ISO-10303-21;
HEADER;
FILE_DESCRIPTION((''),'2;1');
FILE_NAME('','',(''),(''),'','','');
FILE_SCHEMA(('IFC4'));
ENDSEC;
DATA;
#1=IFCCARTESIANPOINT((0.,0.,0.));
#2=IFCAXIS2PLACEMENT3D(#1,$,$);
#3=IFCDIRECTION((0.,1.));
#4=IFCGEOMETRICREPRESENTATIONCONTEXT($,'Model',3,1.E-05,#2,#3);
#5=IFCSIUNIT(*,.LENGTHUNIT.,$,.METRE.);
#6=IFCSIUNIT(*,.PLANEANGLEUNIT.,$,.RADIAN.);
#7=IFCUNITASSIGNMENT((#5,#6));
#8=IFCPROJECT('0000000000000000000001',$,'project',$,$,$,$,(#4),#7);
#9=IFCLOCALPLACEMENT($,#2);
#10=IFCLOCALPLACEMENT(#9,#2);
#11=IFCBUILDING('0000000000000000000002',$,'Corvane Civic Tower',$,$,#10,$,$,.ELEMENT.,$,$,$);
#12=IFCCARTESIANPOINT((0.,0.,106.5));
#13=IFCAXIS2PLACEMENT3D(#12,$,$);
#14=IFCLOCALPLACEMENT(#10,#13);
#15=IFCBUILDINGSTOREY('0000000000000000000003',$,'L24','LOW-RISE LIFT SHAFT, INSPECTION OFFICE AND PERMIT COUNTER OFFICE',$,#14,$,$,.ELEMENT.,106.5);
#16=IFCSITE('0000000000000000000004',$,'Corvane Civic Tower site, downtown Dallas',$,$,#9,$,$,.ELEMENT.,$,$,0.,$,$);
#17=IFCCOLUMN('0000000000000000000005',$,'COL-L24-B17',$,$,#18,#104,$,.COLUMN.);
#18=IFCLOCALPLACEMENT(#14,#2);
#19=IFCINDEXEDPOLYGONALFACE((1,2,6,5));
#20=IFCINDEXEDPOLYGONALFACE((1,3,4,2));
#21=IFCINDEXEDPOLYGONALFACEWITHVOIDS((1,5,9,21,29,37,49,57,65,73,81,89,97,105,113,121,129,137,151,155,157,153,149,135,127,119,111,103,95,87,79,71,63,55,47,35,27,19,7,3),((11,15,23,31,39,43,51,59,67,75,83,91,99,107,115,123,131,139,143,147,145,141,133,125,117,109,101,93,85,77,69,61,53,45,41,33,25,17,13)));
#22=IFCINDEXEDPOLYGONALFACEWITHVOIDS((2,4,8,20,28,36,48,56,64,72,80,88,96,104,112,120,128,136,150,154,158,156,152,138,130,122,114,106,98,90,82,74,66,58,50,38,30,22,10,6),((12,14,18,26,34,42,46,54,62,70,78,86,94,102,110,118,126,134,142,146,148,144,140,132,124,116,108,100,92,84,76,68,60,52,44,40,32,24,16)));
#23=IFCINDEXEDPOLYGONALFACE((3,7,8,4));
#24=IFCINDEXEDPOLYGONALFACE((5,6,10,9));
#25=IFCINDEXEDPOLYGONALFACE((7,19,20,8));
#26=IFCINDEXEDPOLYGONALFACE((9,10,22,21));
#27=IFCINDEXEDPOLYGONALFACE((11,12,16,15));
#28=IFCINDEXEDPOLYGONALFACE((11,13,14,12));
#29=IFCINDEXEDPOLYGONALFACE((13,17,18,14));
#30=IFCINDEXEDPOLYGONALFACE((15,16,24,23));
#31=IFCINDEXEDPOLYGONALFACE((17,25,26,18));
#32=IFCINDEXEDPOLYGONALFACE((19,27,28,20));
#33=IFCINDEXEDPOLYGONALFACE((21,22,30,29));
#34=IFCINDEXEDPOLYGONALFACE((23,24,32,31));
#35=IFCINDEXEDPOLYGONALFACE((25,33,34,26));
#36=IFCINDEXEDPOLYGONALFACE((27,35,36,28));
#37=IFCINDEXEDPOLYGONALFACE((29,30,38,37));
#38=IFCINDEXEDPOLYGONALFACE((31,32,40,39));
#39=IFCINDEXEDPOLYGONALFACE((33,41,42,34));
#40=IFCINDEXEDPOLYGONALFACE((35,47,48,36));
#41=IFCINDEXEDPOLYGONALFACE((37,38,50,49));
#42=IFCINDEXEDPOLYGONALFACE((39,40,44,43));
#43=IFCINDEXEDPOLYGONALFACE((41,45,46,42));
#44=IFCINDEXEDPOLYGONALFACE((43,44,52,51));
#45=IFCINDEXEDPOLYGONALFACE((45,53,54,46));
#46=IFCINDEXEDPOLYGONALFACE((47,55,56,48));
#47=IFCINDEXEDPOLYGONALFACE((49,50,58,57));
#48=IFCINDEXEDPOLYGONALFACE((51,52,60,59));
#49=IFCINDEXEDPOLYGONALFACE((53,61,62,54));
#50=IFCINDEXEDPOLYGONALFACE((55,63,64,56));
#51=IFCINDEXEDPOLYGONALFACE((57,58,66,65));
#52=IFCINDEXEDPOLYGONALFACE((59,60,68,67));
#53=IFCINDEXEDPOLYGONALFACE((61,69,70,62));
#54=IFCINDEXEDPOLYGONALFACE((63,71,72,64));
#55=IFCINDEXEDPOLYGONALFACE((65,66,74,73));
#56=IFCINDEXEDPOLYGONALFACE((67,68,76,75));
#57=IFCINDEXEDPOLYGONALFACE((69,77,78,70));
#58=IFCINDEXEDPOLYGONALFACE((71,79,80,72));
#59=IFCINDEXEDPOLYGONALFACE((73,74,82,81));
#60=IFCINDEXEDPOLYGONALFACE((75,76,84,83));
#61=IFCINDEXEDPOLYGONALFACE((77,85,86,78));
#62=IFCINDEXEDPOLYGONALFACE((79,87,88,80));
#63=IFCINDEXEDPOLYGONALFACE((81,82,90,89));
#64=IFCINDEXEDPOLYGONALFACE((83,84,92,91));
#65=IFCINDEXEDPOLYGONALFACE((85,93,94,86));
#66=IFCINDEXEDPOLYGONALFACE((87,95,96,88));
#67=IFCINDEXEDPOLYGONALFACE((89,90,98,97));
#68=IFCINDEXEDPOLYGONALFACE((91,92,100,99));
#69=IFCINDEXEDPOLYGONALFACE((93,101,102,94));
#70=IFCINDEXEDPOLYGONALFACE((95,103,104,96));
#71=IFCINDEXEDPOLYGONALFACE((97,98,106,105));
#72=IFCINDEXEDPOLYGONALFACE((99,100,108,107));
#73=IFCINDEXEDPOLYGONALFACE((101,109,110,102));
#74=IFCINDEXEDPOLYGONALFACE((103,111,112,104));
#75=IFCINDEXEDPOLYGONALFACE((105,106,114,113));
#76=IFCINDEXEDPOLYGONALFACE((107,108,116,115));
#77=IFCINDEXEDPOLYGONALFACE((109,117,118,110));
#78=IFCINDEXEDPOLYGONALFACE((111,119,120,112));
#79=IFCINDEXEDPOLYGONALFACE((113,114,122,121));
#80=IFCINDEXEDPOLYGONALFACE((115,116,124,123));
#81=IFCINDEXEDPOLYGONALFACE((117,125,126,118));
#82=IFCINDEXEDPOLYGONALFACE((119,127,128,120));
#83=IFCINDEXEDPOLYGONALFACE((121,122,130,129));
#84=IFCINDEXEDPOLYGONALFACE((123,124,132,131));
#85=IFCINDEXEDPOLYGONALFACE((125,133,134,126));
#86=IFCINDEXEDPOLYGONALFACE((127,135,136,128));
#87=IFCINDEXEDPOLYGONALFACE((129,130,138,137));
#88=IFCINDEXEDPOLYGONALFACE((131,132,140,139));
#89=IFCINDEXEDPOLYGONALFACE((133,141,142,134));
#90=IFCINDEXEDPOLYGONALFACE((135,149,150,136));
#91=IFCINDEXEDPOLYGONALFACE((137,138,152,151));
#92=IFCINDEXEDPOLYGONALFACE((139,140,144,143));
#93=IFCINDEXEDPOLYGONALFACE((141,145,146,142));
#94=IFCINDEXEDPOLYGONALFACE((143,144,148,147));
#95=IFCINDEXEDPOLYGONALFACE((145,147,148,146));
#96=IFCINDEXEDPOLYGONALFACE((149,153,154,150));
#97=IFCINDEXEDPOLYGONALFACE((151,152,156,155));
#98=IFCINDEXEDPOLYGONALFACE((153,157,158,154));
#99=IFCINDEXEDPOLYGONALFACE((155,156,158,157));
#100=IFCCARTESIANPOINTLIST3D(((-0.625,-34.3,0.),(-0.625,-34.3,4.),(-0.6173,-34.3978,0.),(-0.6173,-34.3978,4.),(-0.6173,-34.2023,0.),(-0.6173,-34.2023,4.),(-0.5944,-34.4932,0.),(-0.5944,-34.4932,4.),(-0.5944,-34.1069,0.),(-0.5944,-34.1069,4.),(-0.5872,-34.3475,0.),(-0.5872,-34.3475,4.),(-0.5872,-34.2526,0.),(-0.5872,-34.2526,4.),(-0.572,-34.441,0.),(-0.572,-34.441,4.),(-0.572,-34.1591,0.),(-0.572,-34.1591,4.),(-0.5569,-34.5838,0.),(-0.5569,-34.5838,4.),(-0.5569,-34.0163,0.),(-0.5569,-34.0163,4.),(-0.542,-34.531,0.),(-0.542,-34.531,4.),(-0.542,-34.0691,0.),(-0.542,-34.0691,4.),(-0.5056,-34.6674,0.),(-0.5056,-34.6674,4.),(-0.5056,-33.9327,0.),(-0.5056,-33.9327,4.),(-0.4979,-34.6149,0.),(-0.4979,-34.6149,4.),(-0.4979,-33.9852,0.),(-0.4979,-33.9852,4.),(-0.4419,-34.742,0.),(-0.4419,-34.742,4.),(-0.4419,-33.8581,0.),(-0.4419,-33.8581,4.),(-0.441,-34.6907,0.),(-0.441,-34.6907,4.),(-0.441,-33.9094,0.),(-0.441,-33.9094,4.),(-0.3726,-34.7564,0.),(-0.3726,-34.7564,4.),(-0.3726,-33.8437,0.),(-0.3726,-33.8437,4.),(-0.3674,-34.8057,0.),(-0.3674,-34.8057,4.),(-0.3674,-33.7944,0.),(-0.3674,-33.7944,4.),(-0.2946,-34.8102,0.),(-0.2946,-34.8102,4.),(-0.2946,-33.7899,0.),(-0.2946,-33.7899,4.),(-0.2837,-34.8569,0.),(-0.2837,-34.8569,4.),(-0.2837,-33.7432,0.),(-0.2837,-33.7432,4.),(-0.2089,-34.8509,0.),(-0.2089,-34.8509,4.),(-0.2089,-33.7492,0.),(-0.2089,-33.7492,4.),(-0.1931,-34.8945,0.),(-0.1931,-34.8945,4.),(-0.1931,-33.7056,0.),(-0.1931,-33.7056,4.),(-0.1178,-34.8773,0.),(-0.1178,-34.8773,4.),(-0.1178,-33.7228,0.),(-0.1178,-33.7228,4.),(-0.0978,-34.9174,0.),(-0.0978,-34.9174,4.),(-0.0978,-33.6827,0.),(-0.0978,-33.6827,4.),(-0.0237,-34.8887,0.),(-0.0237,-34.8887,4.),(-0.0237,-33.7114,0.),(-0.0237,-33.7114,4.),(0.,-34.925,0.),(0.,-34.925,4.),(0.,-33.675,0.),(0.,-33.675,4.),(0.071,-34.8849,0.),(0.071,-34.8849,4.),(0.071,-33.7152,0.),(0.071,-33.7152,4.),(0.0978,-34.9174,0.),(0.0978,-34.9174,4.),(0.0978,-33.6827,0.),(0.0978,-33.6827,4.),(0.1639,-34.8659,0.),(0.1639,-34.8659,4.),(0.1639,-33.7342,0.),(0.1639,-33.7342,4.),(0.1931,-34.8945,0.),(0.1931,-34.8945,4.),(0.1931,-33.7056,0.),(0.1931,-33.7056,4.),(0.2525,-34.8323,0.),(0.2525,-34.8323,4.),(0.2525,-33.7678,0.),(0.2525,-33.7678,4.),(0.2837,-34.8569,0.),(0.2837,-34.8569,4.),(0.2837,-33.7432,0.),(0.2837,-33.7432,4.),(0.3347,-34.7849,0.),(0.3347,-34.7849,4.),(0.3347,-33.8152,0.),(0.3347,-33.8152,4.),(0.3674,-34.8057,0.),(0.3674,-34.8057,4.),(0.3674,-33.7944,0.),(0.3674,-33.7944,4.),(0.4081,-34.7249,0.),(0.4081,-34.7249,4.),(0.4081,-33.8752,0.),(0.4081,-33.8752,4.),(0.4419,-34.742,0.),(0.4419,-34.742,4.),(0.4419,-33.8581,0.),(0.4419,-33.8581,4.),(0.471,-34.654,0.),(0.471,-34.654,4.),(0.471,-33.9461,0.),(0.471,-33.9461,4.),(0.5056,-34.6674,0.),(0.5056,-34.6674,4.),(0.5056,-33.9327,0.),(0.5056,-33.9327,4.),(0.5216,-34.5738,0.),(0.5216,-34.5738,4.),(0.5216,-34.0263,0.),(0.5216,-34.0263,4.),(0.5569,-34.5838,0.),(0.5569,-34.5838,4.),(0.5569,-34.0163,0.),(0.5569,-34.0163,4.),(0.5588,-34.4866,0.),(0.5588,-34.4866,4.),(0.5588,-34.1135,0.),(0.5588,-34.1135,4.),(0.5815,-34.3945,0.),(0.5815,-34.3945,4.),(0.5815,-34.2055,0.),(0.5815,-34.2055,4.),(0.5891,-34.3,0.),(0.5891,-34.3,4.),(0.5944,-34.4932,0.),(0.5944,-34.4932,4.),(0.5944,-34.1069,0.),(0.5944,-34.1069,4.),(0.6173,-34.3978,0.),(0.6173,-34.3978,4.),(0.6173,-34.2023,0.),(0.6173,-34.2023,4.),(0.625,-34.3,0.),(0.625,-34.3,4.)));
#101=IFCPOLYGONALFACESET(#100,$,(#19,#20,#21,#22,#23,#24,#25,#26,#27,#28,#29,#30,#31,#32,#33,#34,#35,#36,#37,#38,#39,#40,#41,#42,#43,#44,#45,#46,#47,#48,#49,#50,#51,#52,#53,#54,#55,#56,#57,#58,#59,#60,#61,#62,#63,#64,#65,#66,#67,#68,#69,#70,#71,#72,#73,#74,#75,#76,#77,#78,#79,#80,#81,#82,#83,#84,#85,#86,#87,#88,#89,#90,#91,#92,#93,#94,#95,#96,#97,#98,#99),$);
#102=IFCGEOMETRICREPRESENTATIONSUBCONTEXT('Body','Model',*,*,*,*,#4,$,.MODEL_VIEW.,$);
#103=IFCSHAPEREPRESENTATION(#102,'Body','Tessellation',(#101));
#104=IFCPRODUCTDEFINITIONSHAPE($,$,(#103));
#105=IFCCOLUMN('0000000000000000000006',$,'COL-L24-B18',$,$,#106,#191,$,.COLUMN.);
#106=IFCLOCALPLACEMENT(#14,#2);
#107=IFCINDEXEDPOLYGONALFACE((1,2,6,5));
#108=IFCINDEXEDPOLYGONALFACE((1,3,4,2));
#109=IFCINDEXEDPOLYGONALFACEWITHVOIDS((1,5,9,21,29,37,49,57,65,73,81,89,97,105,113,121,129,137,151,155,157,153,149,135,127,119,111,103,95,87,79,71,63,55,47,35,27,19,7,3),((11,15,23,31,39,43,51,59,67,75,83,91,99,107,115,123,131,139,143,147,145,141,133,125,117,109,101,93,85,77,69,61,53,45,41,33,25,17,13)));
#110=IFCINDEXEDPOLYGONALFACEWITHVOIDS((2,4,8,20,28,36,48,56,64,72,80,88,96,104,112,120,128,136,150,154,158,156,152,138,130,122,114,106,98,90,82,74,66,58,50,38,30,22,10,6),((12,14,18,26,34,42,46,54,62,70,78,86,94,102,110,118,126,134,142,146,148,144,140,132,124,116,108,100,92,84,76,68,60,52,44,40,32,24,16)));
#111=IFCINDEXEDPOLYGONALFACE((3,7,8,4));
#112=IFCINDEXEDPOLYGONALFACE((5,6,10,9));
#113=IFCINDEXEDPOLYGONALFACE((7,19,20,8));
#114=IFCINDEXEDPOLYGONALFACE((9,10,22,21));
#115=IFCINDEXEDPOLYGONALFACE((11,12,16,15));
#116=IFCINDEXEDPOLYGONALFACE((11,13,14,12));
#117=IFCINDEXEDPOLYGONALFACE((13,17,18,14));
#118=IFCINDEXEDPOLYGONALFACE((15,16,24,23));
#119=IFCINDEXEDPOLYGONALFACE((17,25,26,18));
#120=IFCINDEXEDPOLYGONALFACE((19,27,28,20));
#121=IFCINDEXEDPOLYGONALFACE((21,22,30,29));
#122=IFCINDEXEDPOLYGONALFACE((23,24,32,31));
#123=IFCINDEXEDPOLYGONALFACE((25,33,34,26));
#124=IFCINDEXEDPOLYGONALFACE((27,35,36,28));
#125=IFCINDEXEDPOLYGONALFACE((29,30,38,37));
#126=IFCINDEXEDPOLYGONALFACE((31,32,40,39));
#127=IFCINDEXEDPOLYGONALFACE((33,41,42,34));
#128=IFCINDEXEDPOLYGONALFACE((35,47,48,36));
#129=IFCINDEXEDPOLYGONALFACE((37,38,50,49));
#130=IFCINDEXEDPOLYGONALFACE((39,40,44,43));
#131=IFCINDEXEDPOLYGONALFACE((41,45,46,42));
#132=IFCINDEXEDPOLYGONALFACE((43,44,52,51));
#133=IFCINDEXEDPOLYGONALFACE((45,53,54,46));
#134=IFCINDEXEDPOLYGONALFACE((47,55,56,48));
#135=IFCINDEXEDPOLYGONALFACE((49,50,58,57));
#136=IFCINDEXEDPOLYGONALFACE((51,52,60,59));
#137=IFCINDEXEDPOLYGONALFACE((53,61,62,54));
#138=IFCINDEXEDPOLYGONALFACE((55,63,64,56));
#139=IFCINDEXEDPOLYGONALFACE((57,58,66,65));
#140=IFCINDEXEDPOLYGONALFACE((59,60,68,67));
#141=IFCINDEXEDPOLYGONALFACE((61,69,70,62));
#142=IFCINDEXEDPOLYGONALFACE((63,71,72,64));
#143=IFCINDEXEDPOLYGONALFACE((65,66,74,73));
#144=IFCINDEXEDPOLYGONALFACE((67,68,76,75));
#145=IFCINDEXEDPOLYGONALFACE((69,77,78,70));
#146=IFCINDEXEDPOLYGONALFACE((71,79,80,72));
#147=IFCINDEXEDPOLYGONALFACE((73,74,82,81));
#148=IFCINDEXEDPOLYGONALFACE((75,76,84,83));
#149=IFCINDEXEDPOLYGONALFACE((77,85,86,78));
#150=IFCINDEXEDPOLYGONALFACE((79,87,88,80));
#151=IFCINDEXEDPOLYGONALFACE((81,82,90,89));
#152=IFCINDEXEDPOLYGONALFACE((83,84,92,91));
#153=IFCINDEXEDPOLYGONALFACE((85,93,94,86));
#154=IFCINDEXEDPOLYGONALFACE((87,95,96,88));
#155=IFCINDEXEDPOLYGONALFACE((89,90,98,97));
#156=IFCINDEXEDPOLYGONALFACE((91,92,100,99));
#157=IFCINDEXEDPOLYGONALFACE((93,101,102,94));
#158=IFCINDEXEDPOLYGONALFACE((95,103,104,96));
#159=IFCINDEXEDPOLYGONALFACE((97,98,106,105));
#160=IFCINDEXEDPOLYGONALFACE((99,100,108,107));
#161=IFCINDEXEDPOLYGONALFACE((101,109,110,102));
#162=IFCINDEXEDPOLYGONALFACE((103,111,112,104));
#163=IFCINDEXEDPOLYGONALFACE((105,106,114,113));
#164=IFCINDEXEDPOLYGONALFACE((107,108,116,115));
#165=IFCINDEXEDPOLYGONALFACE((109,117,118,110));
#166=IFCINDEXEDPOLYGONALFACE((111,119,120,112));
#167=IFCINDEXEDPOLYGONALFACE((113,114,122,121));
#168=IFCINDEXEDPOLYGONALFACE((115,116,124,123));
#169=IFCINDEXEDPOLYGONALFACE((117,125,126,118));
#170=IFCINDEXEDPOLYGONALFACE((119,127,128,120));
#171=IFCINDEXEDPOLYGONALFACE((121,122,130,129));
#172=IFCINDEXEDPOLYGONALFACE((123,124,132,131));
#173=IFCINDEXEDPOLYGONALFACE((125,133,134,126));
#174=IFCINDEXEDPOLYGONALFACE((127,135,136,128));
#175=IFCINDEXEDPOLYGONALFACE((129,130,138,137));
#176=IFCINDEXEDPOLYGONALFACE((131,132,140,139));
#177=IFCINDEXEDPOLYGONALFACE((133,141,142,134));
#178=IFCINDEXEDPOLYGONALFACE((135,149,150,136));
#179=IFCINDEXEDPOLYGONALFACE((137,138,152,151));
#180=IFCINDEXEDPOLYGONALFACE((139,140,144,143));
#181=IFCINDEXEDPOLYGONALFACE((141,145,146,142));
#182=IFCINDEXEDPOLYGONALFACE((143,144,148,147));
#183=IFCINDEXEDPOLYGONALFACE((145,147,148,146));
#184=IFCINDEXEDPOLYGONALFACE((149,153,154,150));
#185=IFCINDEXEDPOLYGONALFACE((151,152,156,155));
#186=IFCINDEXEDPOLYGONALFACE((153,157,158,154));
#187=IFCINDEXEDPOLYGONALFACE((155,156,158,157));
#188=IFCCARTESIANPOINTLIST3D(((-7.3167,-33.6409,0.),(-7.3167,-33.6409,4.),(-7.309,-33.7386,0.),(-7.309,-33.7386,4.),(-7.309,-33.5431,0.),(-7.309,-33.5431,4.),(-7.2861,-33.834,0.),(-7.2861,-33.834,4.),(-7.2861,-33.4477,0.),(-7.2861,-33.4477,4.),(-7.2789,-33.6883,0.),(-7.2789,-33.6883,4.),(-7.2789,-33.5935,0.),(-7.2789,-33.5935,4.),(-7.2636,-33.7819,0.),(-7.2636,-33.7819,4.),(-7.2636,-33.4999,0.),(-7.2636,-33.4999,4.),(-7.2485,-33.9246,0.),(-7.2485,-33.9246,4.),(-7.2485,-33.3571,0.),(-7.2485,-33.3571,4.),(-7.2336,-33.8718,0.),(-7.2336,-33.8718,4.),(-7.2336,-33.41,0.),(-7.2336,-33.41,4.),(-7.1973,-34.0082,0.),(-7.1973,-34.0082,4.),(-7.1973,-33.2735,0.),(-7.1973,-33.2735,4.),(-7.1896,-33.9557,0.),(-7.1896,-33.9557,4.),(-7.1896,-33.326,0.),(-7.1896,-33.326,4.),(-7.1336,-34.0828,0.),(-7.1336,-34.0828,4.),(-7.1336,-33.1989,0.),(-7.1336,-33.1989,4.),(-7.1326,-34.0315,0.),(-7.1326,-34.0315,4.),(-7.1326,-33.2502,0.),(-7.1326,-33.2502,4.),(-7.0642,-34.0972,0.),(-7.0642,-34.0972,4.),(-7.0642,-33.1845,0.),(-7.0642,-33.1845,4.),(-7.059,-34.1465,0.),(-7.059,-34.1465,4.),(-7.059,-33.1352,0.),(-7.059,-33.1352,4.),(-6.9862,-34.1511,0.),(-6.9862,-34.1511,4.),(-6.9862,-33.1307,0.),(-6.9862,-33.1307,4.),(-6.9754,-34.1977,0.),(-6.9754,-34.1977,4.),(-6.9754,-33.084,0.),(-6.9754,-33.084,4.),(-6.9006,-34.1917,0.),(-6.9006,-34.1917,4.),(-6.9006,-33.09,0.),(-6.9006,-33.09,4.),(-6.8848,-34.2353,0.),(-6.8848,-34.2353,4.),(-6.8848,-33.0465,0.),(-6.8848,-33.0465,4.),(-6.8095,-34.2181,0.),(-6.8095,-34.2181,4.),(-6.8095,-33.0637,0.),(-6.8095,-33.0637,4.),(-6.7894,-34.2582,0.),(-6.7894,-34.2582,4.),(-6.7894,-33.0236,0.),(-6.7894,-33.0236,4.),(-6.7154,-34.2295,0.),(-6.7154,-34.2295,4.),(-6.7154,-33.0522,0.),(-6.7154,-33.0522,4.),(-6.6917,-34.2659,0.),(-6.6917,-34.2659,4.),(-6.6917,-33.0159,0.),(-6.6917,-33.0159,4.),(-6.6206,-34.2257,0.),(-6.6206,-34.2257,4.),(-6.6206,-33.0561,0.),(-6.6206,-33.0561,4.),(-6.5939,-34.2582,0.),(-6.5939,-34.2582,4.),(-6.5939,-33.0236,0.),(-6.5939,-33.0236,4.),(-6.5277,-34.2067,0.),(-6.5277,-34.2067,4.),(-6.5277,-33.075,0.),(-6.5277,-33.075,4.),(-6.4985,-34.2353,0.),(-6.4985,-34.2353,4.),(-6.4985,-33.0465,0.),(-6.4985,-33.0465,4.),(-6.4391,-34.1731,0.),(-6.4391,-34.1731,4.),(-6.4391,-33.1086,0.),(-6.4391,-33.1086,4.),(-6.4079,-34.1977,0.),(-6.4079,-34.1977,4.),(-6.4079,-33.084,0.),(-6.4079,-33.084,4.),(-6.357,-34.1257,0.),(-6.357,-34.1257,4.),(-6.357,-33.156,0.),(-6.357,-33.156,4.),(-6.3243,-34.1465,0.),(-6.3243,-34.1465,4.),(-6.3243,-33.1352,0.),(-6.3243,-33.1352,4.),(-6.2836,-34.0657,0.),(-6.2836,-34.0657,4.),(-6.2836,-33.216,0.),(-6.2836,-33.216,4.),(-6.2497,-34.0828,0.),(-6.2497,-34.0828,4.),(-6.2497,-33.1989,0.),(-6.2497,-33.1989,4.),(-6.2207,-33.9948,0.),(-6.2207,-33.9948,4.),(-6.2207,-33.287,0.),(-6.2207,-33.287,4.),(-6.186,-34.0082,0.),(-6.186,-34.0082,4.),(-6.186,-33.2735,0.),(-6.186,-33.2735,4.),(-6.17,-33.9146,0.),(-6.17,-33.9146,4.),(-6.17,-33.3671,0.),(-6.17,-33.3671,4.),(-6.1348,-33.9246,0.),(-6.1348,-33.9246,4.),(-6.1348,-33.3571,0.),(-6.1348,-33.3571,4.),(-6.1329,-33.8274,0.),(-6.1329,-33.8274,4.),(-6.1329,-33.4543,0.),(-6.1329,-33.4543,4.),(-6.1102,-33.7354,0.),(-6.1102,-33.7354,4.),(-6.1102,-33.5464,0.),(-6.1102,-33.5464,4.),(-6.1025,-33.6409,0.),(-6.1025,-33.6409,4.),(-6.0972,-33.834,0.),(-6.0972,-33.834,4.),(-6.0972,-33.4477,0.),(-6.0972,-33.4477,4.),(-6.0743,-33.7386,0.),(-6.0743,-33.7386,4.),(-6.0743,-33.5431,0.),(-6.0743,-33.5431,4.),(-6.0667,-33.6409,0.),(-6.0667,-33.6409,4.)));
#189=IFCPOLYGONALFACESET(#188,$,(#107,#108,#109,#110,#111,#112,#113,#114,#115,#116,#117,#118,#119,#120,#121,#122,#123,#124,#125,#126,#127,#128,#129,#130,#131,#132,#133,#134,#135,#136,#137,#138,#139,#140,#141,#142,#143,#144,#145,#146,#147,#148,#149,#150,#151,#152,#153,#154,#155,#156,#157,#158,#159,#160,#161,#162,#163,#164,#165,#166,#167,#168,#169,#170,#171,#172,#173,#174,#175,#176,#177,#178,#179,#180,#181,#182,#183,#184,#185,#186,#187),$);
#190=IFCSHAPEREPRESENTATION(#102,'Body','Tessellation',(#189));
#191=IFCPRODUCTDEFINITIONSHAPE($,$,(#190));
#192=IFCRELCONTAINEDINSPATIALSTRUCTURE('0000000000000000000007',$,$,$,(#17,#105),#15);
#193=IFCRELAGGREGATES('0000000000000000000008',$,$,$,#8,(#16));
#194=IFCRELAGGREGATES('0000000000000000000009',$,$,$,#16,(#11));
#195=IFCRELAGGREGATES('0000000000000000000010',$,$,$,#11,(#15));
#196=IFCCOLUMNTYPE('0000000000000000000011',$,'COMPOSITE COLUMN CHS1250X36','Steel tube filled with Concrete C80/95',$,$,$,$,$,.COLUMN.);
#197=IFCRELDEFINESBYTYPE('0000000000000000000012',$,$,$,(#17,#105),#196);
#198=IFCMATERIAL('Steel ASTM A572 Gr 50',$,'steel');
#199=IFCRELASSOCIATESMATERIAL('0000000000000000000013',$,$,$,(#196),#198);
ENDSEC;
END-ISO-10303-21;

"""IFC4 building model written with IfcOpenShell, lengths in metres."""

from ifc_helpers import new_model, si_unit, direction, frame, origin, origin_2d, place, context, subcontext, project, spatial, hollow_circle, extrude, material, material_profile, profile_set, type_object, element, save


model = new_model("IFC4")

# Units and contexts
model_context = context("Model", 3, precision=1e-05, world=origin(), true_north=direction((0.0, 1.0)))
body_context = subcontext(model_context, "Body", "Model", "MODEL_VIEW")
ifc_project = project(units=[si_unit("LENGTHUNIT", "METRE"), si_unit("PLANEANGLEUNIT", "RADIAN")], contexts=[model_context])

# Site, building, storey
site_placement = place(None, origin())
site = spatial("IfcSite", under=ifc_project, at=site_placement, Name="Corvane Civic Tower site, downtown Dallas", CompositionType="ELEMENT", RefElevation=0.0)
building_placement = place(site_placement, origin())
building = spatial("IfcBuilding", under=site, at=building_placement, Name="Corvane Civic Tower", CompositionType="ELEMENT")
storey_placement = place(building_placement, frame((0.0, 0.0, 106.5)))
storey = spatial("IfcBuildingStorey", under=building, at=storey_placement, Name="L24", Description="LOW-RISE LIFT SHAFT, INSPECTION OFFICE AND PERMIT COUNTER OFFICE", CompositionType="ELEMENT", Elevation=106.5)

# Columns
ifc_material_1 = material(Name="Steel ASTM A572 Gr 50", Category="steel")
ifc_material_profile_1 = material_profile(ifc_material_1, hollow_circle(Radius=0.625, WallThickness=0.0359, at=origin_2d()), Name="CHS1250X36")
ifc_profile_set_1 = profile_set([ifc_material_profile_1], Name="Steel ASTM A572 Gr 50")
column_type = type_object("IfcColumnType", Name="COMPOSITE COLUMN CHS1250X36", Description="Steel tube filled with Concrete C80/95", PredefinedType="COLUMN", material=ifc_profile_set_1)
for number, where, z_axis, x_axis, name in (
    (1, (0.0, -34.3, 0.0), (0.0, 0.0, 1.0), (1.0, 0.0, 0.0), "COL-L24-B17"),
    (2, (-6.6917, -33.6409, 0.0), (0.0, 0.0, 1.0), (1.0, 0.0, 0.0), "COL-L24-B18"),
):
    element("IfcColumn", number, at=place(storey_placement, frame(where, z_axis=z_axis, x_axis=x_axis)), inside=storey, type_object=column_type, Name=name, PredefinedType="COLUMN", context=body_context, shape_type="SweptSolid", body=[
        extrude(hollow_circle(Radius=0.625, WallThickness=0.0359, at=origin_2d()), origin(), (0.0, 0.0, 1.0), 4.0),
    ])

save(model, "model.ifc")
